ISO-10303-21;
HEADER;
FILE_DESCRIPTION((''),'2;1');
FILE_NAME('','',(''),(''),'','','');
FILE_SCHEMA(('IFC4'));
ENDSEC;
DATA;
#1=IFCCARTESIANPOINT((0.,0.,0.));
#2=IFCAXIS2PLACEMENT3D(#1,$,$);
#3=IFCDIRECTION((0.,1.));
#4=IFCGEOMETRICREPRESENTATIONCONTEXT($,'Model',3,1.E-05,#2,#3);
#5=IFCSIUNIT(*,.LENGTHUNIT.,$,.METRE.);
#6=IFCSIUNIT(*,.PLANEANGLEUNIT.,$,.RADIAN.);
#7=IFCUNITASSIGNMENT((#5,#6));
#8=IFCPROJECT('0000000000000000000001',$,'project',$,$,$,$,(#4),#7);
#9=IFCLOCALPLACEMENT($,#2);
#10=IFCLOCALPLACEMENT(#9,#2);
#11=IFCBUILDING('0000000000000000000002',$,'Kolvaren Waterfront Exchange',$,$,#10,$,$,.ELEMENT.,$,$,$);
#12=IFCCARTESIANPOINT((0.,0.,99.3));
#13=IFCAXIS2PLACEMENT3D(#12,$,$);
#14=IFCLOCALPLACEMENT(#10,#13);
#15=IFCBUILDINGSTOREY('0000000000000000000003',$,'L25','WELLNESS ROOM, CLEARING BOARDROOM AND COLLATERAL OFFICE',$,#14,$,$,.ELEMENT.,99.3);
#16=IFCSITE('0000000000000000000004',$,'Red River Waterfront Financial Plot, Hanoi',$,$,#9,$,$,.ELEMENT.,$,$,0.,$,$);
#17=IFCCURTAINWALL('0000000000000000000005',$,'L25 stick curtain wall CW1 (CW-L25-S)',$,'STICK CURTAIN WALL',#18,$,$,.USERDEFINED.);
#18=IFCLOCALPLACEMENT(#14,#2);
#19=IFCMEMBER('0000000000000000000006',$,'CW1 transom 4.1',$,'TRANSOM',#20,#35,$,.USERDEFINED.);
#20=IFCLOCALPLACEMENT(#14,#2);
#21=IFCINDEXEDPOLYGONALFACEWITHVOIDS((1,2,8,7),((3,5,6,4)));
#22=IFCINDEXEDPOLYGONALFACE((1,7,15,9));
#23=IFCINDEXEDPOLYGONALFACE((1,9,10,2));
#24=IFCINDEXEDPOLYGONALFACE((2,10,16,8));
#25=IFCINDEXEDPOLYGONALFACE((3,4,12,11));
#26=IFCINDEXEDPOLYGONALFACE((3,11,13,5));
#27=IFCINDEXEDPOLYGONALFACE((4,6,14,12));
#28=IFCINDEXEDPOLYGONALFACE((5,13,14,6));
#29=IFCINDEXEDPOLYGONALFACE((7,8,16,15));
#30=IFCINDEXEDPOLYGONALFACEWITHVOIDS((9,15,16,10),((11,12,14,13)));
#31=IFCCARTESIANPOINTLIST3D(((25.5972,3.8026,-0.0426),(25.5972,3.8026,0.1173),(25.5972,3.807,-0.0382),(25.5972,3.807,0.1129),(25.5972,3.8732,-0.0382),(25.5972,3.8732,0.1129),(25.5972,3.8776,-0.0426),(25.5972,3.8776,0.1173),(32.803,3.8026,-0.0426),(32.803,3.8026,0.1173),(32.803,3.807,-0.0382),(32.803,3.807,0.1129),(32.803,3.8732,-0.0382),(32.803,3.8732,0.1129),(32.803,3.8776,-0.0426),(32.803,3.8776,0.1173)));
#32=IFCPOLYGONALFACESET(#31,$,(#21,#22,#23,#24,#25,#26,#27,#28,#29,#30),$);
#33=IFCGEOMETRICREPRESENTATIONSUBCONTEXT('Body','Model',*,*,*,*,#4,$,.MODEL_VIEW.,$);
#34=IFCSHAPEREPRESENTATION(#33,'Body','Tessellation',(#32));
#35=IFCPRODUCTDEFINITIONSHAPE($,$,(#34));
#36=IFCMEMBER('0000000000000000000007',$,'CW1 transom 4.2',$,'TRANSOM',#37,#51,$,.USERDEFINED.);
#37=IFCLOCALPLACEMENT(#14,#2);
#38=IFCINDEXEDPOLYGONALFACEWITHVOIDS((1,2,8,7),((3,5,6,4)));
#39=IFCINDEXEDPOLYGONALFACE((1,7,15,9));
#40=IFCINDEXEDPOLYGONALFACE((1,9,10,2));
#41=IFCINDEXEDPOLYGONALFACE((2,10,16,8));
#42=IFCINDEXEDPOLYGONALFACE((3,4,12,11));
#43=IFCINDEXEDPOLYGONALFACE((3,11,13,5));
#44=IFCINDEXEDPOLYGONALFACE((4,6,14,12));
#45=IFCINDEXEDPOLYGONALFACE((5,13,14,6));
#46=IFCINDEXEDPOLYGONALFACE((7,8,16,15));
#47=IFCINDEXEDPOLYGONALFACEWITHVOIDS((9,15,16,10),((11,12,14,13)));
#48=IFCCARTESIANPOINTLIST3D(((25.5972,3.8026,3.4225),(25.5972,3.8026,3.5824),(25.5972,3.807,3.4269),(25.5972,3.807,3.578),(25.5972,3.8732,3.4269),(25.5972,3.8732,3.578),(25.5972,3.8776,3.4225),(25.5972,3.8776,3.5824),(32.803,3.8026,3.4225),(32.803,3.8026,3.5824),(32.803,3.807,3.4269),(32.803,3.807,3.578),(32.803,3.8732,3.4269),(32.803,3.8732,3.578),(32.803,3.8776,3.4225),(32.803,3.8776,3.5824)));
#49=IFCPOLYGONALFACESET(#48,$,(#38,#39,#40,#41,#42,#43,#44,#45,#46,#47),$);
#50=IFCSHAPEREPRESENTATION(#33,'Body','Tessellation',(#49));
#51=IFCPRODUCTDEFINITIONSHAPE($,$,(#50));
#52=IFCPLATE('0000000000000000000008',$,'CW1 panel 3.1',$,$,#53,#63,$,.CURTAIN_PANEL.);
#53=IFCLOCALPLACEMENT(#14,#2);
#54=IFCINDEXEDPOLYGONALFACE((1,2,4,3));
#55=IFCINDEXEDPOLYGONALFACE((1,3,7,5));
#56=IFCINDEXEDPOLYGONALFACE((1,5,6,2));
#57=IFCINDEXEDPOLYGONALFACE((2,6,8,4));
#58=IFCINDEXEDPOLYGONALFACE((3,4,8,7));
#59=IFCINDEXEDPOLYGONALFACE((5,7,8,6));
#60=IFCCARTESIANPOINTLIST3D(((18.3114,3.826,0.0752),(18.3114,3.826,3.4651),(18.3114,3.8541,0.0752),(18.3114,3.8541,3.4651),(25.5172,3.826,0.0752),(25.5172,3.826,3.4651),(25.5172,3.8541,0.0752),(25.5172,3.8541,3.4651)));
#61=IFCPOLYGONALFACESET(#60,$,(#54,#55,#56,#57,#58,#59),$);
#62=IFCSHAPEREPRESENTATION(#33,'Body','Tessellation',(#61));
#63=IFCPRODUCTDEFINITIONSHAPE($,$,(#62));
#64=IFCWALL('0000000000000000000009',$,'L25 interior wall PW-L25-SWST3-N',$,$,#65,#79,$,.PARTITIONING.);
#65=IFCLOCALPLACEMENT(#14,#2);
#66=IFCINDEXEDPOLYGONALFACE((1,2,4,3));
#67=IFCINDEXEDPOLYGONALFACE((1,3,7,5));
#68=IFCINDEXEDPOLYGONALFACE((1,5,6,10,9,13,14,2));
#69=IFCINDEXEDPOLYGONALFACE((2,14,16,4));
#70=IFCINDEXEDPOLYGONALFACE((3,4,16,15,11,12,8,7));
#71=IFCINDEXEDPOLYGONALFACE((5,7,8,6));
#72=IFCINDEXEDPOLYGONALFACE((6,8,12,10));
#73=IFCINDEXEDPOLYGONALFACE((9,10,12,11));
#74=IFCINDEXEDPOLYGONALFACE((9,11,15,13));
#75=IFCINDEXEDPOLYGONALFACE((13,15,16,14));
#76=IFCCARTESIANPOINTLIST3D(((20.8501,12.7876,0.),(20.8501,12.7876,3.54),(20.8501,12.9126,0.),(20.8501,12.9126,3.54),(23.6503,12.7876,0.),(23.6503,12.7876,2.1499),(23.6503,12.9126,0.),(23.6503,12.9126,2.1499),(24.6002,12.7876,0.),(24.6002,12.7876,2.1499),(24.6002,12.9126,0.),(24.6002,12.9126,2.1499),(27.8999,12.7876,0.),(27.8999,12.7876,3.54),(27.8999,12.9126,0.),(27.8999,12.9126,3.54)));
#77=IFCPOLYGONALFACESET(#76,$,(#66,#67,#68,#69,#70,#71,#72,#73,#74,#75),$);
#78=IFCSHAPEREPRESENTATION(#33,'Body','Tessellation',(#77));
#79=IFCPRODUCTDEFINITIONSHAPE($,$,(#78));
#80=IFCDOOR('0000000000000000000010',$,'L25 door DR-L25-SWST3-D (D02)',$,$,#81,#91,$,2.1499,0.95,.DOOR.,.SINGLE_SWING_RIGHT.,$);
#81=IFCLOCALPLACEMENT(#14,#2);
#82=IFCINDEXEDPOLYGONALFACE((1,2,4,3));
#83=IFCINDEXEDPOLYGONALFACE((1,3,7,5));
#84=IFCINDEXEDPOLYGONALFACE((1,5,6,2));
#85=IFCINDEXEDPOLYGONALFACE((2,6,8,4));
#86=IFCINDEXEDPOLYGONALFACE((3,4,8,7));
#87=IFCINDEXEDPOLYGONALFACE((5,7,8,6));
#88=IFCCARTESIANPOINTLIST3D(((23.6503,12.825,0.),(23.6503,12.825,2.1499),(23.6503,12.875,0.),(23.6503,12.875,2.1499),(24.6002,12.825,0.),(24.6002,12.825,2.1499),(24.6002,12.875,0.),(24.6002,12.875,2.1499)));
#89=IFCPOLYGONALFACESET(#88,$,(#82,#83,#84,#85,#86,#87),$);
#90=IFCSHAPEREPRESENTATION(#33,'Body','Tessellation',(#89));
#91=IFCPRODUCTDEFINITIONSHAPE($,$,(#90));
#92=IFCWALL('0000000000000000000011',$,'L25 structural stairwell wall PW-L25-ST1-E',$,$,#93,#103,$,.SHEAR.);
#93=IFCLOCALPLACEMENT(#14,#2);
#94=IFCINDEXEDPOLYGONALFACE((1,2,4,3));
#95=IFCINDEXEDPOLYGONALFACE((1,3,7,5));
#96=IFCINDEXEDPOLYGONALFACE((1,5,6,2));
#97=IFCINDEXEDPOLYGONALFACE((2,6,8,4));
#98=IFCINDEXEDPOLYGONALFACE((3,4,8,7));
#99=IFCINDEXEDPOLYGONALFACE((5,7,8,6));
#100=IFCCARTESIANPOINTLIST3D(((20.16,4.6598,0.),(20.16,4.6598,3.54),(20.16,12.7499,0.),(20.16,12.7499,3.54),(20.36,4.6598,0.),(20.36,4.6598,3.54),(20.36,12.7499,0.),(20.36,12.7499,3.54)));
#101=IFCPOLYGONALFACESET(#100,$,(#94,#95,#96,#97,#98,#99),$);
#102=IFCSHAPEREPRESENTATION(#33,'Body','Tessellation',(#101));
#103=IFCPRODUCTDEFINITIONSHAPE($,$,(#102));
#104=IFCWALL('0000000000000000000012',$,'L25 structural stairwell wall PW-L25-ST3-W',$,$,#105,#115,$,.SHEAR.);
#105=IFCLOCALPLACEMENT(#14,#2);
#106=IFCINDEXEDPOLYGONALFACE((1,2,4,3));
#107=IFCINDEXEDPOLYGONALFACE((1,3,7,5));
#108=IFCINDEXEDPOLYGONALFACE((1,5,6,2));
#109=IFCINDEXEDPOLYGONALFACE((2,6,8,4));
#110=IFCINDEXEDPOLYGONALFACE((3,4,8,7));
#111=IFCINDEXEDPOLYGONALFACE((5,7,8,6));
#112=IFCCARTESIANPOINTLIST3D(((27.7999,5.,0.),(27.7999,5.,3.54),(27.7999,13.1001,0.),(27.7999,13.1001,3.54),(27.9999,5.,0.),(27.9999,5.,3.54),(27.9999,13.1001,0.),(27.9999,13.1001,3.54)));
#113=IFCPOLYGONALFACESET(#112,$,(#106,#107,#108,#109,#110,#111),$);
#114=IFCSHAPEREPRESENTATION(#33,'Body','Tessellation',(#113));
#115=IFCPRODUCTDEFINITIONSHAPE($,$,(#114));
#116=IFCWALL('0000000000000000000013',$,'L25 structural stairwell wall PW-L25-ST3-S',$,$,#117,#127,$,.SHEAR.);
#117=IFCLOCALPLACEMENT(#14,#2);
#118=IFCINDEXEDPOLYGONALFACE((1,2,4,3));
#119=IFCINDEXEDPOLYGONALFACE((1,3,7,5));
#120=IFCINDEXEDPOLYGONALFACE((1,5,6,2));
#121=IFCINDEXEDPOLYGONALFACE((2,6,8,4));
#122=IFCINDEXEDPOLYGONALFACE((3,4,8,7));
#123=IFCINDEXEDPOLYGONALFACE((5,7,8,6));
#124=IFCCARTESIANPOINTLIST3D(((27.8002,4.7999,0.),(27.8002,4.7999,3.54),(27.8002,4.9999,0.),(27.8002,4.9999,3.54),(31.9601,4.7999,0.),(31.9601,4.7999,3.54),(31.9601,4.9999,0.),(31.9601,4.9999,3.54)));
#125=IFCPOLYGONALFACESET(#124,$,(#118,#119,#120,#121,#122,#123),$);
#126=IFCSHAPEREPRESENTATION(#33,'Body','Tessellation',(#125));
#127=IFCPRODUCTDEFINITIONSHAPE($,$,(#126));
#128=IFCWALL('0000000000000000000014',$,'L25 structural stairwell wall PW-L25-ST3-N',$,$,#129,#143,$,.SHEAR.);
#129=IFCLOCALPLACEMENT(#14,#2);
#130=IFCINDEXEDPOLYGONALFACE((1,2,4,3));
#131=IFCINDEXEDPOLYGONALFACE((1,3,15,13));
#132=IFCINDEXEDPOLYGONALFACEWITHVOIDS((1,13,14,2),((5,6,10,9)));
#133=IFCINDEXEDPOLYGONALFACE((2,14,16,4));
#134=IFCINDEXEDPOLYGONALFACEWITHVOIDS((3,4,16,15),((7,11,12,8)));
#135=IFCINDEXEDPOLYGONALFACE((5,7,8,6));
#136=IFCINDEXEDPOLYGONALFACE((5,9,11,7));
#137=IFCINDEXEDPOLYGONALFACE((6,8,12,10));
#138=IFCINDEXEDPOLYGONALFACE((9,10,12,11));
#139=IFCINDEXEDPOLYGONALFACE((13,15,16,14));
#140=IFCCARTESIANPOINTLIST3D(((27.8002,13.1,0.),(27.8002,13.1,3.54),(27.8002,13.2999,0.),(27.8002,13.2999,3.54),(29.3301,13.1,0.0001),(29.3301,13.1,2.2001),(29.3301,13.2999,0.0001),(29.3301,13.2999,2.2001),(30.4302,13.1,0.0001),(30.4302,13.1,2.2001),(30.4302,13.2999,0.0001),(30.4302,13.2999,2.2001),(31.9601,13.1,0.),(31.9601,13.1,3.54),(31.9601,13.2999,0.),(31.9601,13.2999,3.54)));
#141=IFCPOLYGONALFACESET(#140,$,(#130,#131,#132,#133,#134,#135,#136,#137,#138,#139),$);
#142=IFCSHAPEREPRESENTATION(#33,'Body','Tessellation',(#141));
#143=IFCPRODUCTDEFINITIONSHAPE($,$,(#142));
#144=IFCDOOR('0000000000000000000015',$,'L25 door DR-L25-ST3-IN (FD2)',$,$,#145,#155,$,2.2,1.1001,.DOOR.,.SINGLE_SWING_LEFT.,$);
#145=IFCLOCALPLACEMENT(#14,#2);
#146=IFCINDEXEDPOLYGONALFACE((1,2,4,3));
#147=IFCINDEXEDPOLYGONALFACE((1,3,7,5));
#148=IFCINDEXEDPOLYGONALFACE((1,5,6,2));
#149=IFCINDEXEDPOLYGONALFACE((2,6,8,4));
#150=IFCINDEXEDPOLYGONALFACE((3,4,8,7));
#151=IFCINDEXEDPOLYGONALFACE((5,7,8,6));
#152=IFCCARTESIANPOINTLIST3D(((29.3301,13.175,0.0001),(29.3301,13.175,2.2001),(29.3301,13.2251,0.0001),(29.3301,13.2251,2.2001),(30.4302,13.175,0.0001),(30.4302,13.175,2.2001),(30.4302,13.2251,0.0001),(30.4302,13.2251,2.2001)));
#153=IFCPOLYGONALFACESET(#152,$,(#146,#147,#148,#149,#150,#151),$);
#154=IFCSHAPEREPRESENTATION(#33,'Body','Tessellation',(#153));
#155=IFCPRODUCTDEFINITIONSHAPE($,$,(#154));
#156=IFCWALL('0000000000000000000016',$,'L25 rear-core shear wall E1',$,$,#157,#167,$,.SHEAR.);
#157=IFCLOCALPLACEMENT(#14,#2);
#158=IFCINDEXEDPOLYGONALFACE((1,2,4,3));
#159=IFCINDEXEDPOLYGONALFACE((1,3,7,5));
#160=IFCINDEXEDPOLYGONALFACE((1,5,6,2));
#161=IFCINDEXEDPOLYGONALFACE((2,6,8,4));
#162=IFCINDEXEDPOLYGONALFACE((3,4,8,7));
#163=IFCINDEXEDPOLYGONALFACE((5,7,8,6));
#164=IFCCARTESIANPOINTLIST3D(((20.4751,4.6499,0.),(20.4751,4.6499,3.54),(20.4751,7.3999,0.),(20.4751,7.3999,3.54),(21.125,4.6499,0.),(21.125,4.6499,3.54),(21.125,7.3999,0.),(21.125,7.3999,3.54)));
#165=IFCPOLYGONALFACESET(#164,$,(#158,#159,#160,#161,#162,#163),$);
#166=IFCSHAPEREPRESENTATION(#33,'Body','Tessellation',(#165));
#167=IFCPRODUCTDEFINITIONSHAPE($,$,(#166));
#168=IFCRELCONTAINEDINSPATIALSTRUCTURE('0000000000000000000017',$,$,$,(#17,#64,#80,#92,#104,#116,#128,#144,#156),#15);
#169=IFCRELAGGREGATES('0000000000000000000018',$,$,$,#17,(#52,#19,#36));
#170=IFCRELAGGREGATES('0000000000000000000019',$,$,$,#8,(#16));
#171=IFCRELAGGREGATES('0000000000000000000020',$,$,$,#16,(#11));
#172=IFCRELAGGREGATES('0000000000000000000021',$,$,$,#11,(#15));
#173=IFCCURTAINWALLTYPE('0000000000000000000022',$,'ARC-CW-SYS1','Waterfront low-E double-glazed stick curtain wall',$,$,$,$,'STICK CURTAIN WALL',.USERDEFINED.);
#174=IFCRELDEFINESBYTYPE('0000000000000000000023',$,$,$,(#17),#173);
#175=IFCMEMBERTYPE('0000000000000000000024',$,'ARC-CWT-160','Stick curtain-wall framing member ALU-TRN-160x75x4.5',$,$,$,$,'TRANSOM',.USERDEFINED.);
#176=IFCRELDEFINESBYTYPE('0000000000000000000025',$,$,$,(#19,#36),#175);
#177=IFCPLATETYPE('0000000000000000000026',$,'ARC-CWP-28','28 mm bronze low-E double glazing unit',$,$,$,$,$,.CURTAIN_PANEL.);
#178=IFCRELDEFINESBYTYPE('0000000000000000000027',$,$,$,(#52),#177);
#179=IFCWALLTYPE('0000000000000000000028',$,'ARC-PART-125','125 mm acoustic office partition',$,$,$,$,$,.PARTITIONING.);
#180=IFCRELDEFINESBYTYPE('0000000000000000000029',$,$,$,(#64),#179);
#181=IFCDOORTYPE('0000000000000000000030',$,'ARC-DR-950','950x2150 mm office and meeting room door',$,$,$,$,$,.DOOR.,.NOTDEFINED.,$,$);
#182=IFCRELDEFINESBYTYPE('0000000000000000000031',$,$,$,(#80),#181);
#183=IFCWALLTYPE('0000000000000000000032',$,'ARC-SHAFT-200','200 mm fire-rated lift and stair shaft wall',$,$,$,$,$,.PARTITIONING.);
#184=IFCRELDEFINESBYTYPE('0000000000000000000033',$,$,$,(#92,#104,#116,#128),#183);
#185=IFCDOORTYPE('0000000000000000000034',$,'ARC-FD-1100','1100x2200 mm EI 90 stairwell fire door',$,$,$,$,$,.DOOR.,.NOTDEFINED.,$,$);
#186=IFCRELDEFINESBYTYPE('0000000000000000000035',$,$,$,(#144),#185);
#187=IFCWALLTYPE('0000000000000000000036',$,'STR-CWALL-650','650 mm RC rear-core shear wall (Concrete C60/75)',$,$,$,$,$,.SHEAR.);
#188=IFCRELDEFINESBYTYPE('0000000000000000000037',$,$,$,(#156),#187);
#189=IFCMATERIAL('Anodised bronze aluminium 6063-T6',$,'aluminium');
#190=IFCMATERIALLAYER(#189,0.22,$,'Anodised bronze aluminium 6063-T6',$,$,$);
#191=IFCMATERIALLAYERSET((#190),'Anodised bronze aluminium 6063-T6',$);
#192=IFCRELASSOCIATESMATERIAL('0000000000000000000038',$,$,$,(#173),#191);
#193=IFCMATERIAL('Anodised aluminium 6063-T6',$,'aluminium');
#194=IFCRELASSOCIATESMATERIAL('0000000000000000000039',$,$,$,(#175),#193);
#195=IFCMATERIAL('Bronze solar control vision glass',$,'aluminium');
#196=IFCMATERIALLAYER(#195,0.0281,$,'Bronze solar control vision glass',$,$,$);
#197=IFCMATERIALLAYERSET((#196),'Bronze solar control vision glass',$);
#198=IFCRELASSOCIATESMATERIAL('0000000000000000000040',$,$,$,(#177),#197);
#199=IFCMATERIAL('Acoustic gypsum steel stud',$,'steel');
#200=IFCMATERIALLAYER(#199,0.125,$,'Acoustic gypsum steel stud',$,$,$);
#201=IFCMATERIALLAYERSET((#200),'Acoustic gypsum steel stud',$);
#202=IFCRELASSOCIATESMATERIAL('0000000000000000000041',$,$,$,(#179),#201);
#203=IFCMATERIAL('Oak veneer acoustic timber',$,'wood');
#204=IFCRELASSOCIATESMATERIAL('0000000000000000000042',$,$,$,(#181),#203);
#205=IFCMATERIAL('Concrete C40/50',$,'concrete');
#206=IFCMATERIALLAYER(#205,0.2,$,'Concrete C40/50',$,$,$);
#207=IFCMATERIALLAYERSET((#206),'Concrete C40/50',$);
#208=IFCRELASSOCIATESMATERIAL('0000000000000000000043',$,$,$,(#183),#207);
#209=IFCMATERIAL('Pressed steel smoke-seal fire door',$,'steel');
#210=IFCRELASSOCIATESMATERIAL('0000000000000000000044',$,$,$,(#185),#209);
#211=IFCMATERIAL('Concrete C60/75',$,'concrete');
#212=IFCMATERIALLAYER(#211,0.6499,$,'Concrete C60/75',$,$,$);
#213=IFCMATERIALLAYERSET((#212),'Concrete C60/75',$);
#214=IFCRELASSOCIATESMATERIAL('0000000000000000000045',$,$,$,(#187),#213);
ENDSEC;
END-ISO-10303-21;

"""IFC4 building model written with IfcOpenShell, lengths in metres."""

from ifc_helpers import new_model, si_unit, direction, frame, frame_2d, origin, origin_with_axes, origin_2d, place, context, subcontext, project, spatial, rectangle, hollow_rectangle, extrude, source, transform, mapped, material, layer, layer_set, material_profile, profile_set, type_object, element, fill, aggregate, save


model = new_model("IFC4")

# Units and contexts
model_context = context("Model", 3, precision=1e-05, world=origin(), true_north=direction((0.0, 1.0)))
body_context = subcontext(model_context, "Body", "Model", "MODEL_VIEW")
ifc_project = project(units=[si_unit("LENGTHUNIT", "METRE"), si_unit("PLANEANGLEUNIT", "RADIAN")], contexts=[model_context])

# Site, building, storey
site_placement = place(None, origin())
site = spatial("IfcSite", under=ifc_project, at=site_placement, Name="Red River Waterfront Financial Plot, Hanoi", CompositionType="ELEMENT", RefElevation=0.0)
building_placement = place(site_placement, origin())
building = spatial("IfcBuilding", under=site, at=building_placement, Name="Kolvaren Waterfront Exchange", CompositionType="ELEMENT")
storey_placement = place(building_placement, frame((0.0, 0.0, 99.3)))
storey = spatial("IfcBuildingStorey", under=building, at=storey_placement, Name="L25", Description="WELLNESS ROOM, CLEARING BOARDROOM AND COLLATERAL OFFICE", CompositionType="ELEMENT", Elevation=99.3)

# Shared definitions
ifc_material_1 = material(Name="Concrete C60/75", Category="concrete")

# Curtain wall, members, plate
ifc_material_2 = material(Name="Anodised bronze aluminium 6063-T6", Category="aluminium")
ifc_layer_1 = layer(ifc_material_2, 0.22, Name="Anodised bronze aluminium 6063-T6")
ifc_layer_set_1 = layer_set([ifc_layer_1], Name="Anodised bronze aluminium 6063-T6")
curtain_wall_type = type_object("IfcCurtainWallType", Name="ARC-CW-SYS1", Description="Waterfront low-E double-glazed stick curtain wall", ElementType="STICK CURTAIN WALL", PredefinedType="USERDEFINED", material=ifc_layer_set_1)
curtain_wall_placement = place(storey_placement, origin())
curtain_wall = element("IfcCurtainWall", 1, at=curtain_wall_placement, inside=storey, type_object=curtain_wall_type, Name="L25 stick curtain wall CW1 (CW-L25-S)", ObjectType="STICK CURTAIN WALL", PredefinedType="USERDEFINED")
ifc_material_3 = material(Name="Anodised aluminium 6063-T6", Category="aluminium")
ifc_material_profile_1 = material_profile(ifc_material_3, hollow_rectangle(XDim=0.075, YDim=0.1599, WallThickness=0.0044, at=origin_2d()), Name="ALU-TRN-160x75x4.5")
ifc_profile_set_1 = profile_set([ifc_material_profile_1], Name="Anodised aluminium 6063-T6")
member_type_1 = type_object("IfcMemberType", Name="ARC-CWT-160", Description="Stick curtain-wall framing member ALU-TRN-160x75x4.5", ElementType="TRANSOM", PredefinedType="USERDEFINED", material=ifc_profile_set_1)
shared_shape_1 = source(origin_with_axes(), body_context, "Body", "SweptSolid", [
    extrude(hollow_rectangle(XDim=0.075, YDim=0.1599, WallThickness=0.0044, at=origin_2d()), origin(), (0.0, 0.0, 1.0), 7.2058),
])
member_1_placement = place(storey_placement, frame((25.5972, 3.8401, 0.0374), z_axis=(1.0, 0.0, 0.0), x_axis=(0.0, 1.0, 0.0)))
member_1 = element("IfcMember", 2, at=member_1_placement, type_object=member_type_1, Name="CW1 transom 4.1", ObjectType="TRANSOM", PredefinedType="USERDEFINED", context=body_context, shape_type="MappedRepresentation", body=[
    mapped(shared_shape_1, transform((0.0, 0.0, 0.0), x_axis=(1.0, 0.0, 0.0), y_axis=(0.0, 1.0, 0.0), z_axis=(0.0, 0.0, 1.0), scale=1.0)),
])
member_2_placement = place(storey_placement, frame((25.5972, 3.8401, 3.5024), z_axis=(1.0, 0.0, 0.0), x_axis=(0.0, 1.0, 0.0)))
member_2 = element("IfcMember", 3, at=member_2_placement, type_object=member_type_1, Name="CW1 transom 4.2", ObjectType="TRANSOM", PredefinedType="USERDEFINED", context=body_context, shape_type="MappedRepresentation", body=[
    mapped(shared_shape_1, transform((0.0, 0.0, 0.0), x_axis=(1.0, 0.0, 0.0), y_axis=(0.0, 1.0, 0.0), z_axis=(0.0, 0.0, 1.0), scale=1.0)),
])
ifc_material_4 = material(Name="Bronze solar control vision glass", Category="aluminium")
ifc_layer_2 = layer(ifc_material_4, 0.0281, Name="Bronze solar control vision glass")
ifc_layer_set_2 = layer_set([ifc_layer_2], Name="Bronze solar control vision glass")
plate_type = type_object("IfcPlateType", Name="ARC-CWP-28", Description="28 mm bronze low-E double glazing unit", PredefinedType="CURTAIN_PANEL", material=ifc_layer_set_2)
shared_shape_2 = source(origin_with_axes(), body_context, "Body", "SweptSolid", [
    extrude(rectangle(XDim=7.2058, YDim=0.0281, at=origin_2d()), origin(), (0.0, 0.0, 1.0), 3.3899),
])
plate_placement = place(storey_placement, frame((21.9143, 3.8401, 0.0752), z_axis=(0.0, 0.0, 1.0), x_axis=(1.0, 0.0, 0.0)))
plate = element("IfcPlate", 4, at=plate_placement, type_object=plate_type, Name="CW1 panel 3.1", PredefinedType="CURTAIN_PANEL", context=body_context, shape_type="MappedRepresentation", body=[
    mapped(shared_shape_2, transform((0.0, 0.0, 0.0), x_axis=(1.0, 0.0, 0.0), y_axis=(0.0, 1.0, 0.0), z_axis=(0.0, 0.0, 1.0), scale=1.0)),
])
aggregate(curtain_wall, [plate, member_1, member_2])

# Wall, opening, door
ifc_material_5 = material(Name="Acoustic gypsum steel stud", Category="steel")
ifc_layer_3 = layer(ifc_material_5, 0.125, Name="Acoustic gypsum steel stud")
ifc_layer_set_3 = layer_set([ifc_layer_3], Name="Acoustic gypsum steel stud")
wall_type_1 = type_object("IfcWallType", Name="ARC-PART-125", Description="125 mm acoustic office partition", PredefinedType="PARTITIONING", material=ifc_layer_set_3)
wall_1_placement = place(storey_placement, frame((20.8501, 12.8501, 0.0), z_axis=(0.0, 0.0, 1.0), x_axis=(1.0, 0.0, 0.0)))
wall_1 = element("IfcWall", 5, at=wall_1_placement, inside=storey, type_object=wall_type_1, Name="L25 interior wall PW-L25-SWST3-N", PredefinedType="PARTITIONING", context=body_context, shape_type="SweptSolid", body=[
    extrude(rectangle(XDim=7.0498, YDim=0.125, at=frame_2d((3.5249, 0.0))), origin(), (0.0, 0.0, 1.0), 3.54),
])
opening_1_placement = place(wall_1_placement, frame((2.8, 0.0, 0.0)))
opening_1 = element("IfcOpeningElement", 6, at=opening_1_placement, cuts=wall_1, PredefinedType="OPENING", context=body_context, shape_type="SweptSolid", body=[
    extrude(rectangle(XDim=0.95, YDim=2.1499, at=frame_2d((0.4751, 1.075))), frame((0.0, 0.0725, 0.0), z_axis=(0.0, -1.0, 0.0), x_axis=(1.0, 0.0, 0.0)), (0.0, 0.0, 1.0), 0.145),
])
ifc_material_6 = material(Name="Oak veneer acoustic timber", Category="wood")
door_type_1 = type_object("IfcDoorType", Name="ARC-DR-950", Description="950x2150 mm office and meeting room door", OperationType="NOTDEFINED", PredefinedType="DOOR", material=ifc_material_6)
door_1_placement = place(opening_1_placement, origin())
door_1 = element("IfcDoor", 7, at=door_1_placement, inside=storey, type_object=door_type_1, Name="L25 door DR-L25-SWST3-D (D02)", OperationType="SINGLE_SWING_RIGHT", OverallHeight=2.1499, OverallWidth=0.95, PredefinedType="DOOR", context=body_context, shape_type="SweptSolid", body=[
    extrude(rectangle(XDim=0.95, YDim=2.1499, at=frame_2d((0.4751, 1.075))), frame((0.0, 0.0249, 0.0), z_axis=(0.0, -1.0, 0.0), x_axis=(1.0, 0.0, 0.0)), (0.0, 0.0, 1.0), 0.05),
])
fill(opening_1, door_1)

# Walls
ifc_material_7 = material(Name="Concrete C40/50", Category="concrete")
ifc_layer_4 = layer(ifc_material_7, 0.2, Name="Concrete C40/50")
ifc_layer_set_4 = layer_set([ifc_layer_4], Name="Concrete C40/50")
wall_type_2 = type_object("IfcWallType", Name="ARC-SHAFT-200", Description="200 mm fire-rated lift and stair shaft wall", PredefinedType="PARTITIONING", material=ifc_layer_set_4)
wall_2_placement = place(storey_placement, frame((20.26, 4.6599, 0.0), z_axis=(0.0, 0.0, 1.0), x_axis=(0.0, 1.0, 0.0)))
element("IfcWall", 8, at=wall_2_placement, inside=storey, type_object=wall_type_2, Name="L25 structural stairwell wall PW-L25-ST1-E", PredefinedType="SHEAR", context=body_context, shape_type="SweptSolid", body=[
    extrude(rectangle(XDim=8.0901, YDim=0.2, at=frame_2d((4.0449, 0.0))), origin(), (0.0, 0.0, 1.0), 3.54),
])
wall_3_placement = place(storey_placement, frame((27.8999, 5.0, 0.0), z_axis=(0.0, 0.0, 1.0), x_axis=(0.0, 1.0, 0.0)))
element("IfcWall", 9, at=wall_3_placement, inside=storey, type_object=wall_type_2, Name="L25 structural stairwell wall PW-L25-ST3-W", PredefinedType="SHEAR", context=body_context, shape_type="SweptSolid", body=[
    extrude(rectangle(XDim=8.1001, YDim=0.2, at=frame_2d((4.05, 0.0))), origin(), (0.0, 0.0, 1.0), 3.54),
])
wall_4_placement = place(storey_placement, frame((27.8, 4.8999, 0.0), z_axis=(0.0, 0.0, 1.0), x_axis=(1.0, 0.0, 0.0)))
element("IfcWall", 10, at=wall_4_placement, inside=storey, type_object=wall_type_2, Name="L25 structural stairwell wall PW-L25-ST3-S", PredefinedType="SHEAR", context=body_context, shape_type="SweptSolid", body=[
    extrude(rectangle(XDim=4.1599, YDim=0.2, at=frame_2d((2.0801, 0.0))), origin(), (0.0, 0.0, 1.0), 3.54),
])

# Wall, opening, door
wall_5_placement = place(storey_placement, frame((27.8, 13.2, 0.0), z_axis=(0.0, 0.0, 1.0), x_axis=(1.0, 0.0, 0.0)))
wall_5 = element("IfcWall", 11, at=wall_5_placement, inside=storey, type_object=wall_type_2, Name="L25 structural stairwell wall PW-L25-ST3-N", PredefinedType="SHEAR", context=body_context, shape_type="SweptSolid", body=[
    extrude(rectangle(XDim=4.1599, YDim=0.2, at=frame_2d((2.0801, 0.0))), origin(), (0.0, 0.0, 1.0), 3.54),
])
opening_2_placement = place(wall_5_placement, frame((1.53, 0.0, 0.0)))
opening_2 = element("IfcOpeningElement", 12, at=opening_2_placement, cuts=wall_5, PredefinedType="OPENING", context=body_context, shape_type="SweptSolid", body=[
    extrude(rectangle(XDim=1.1001, YDim=2.2, at=frame_2d((0.55, 1.1001))), frame((0.0, 0.1099, 0.0), z_axis=(0.0, -1.0, 0.0), x_axis=(1.0, 0.0, 0.0)), (0.0, 0.0, 1.0), 0.22),
])
ifc_material_8 = material(Name="Pressed steel smoke-seal fire door", Category="steel")
door_type_2 = type_object("IfcDoorType", Name="ARC-FD-1100", Description="1100x2200 mm EI 90 stairwell fire door", OperationType="NOTDEFINED", PredefinedType="DOOR", material=ifc_material_8)
door_2_placement = place(opening_2_placement, frame((1.1001, 0.0, 0.0), z_axis=(0.0, 0.0, 1.0), x_axis=(-1.0, 0.0, 0.0)))
door_2 = element("IfcDoor", 13, at=door_2_placement, inside=storey, type_object=door_type_2, Name="L25 door DR-L25-ST3-IN (FD2)", OperationType="SINGLE_SWING_LEFT", OverallHeight=2.2, OverallWidth=1.1001, PredefinedType="DOOR", context=body_context, shape_type="SweptSolid", body=[
    extrude(rectangle(XDim=1.1001, YDim=2.2, at=frame_2d((0.55, 1.1001))), frame((0.0, 0.0249, 0.0), z_axis=(0.0, -1.0, 0.0), x_axis=(1.0, 0.0, 0.0)), (0.0, 0.0, 1.0), 0.05),
])
fill(opening_2, door_2)

# Wall
ifc_layer_5 = layer(ifc_material_1, 0.6499, Name="Concrete C60/75")
ifc_layer_set_5 = layer_set([ifc_layer_5], Name="Concrete C60/75")
wall_type_3 = type_object("IfcWallType", Name="STR-CWALL-650", Description="650 mm RC rear-core shear wall (Concrete C60/75)", PredefinedType="SHEAR", material=ifc_layer_set_5)
wall_6_placement = place(storey_placement, frame((20.8, 4.6499, 0.0), z_axis=(0.0, 0.0, 1.0), x_axis=(0.0, 1.0, 0.0)))
element("IfcWall", 14, at=wall_6_placement, inside=storey, type_object=wall_type_3, Name="L25 rear-core shear wall E1", PredefinedType="SHEAR", context=body_context, shape_type="SweptSolid", body=[
    extrude(rectangle(XDim=2.75, YDim=0.6499, at=frame_2d((1.375, 0.0))), origin(), (0.0, 0.0, 1.0), 3.54),
])

save(model, "model.ifc")
